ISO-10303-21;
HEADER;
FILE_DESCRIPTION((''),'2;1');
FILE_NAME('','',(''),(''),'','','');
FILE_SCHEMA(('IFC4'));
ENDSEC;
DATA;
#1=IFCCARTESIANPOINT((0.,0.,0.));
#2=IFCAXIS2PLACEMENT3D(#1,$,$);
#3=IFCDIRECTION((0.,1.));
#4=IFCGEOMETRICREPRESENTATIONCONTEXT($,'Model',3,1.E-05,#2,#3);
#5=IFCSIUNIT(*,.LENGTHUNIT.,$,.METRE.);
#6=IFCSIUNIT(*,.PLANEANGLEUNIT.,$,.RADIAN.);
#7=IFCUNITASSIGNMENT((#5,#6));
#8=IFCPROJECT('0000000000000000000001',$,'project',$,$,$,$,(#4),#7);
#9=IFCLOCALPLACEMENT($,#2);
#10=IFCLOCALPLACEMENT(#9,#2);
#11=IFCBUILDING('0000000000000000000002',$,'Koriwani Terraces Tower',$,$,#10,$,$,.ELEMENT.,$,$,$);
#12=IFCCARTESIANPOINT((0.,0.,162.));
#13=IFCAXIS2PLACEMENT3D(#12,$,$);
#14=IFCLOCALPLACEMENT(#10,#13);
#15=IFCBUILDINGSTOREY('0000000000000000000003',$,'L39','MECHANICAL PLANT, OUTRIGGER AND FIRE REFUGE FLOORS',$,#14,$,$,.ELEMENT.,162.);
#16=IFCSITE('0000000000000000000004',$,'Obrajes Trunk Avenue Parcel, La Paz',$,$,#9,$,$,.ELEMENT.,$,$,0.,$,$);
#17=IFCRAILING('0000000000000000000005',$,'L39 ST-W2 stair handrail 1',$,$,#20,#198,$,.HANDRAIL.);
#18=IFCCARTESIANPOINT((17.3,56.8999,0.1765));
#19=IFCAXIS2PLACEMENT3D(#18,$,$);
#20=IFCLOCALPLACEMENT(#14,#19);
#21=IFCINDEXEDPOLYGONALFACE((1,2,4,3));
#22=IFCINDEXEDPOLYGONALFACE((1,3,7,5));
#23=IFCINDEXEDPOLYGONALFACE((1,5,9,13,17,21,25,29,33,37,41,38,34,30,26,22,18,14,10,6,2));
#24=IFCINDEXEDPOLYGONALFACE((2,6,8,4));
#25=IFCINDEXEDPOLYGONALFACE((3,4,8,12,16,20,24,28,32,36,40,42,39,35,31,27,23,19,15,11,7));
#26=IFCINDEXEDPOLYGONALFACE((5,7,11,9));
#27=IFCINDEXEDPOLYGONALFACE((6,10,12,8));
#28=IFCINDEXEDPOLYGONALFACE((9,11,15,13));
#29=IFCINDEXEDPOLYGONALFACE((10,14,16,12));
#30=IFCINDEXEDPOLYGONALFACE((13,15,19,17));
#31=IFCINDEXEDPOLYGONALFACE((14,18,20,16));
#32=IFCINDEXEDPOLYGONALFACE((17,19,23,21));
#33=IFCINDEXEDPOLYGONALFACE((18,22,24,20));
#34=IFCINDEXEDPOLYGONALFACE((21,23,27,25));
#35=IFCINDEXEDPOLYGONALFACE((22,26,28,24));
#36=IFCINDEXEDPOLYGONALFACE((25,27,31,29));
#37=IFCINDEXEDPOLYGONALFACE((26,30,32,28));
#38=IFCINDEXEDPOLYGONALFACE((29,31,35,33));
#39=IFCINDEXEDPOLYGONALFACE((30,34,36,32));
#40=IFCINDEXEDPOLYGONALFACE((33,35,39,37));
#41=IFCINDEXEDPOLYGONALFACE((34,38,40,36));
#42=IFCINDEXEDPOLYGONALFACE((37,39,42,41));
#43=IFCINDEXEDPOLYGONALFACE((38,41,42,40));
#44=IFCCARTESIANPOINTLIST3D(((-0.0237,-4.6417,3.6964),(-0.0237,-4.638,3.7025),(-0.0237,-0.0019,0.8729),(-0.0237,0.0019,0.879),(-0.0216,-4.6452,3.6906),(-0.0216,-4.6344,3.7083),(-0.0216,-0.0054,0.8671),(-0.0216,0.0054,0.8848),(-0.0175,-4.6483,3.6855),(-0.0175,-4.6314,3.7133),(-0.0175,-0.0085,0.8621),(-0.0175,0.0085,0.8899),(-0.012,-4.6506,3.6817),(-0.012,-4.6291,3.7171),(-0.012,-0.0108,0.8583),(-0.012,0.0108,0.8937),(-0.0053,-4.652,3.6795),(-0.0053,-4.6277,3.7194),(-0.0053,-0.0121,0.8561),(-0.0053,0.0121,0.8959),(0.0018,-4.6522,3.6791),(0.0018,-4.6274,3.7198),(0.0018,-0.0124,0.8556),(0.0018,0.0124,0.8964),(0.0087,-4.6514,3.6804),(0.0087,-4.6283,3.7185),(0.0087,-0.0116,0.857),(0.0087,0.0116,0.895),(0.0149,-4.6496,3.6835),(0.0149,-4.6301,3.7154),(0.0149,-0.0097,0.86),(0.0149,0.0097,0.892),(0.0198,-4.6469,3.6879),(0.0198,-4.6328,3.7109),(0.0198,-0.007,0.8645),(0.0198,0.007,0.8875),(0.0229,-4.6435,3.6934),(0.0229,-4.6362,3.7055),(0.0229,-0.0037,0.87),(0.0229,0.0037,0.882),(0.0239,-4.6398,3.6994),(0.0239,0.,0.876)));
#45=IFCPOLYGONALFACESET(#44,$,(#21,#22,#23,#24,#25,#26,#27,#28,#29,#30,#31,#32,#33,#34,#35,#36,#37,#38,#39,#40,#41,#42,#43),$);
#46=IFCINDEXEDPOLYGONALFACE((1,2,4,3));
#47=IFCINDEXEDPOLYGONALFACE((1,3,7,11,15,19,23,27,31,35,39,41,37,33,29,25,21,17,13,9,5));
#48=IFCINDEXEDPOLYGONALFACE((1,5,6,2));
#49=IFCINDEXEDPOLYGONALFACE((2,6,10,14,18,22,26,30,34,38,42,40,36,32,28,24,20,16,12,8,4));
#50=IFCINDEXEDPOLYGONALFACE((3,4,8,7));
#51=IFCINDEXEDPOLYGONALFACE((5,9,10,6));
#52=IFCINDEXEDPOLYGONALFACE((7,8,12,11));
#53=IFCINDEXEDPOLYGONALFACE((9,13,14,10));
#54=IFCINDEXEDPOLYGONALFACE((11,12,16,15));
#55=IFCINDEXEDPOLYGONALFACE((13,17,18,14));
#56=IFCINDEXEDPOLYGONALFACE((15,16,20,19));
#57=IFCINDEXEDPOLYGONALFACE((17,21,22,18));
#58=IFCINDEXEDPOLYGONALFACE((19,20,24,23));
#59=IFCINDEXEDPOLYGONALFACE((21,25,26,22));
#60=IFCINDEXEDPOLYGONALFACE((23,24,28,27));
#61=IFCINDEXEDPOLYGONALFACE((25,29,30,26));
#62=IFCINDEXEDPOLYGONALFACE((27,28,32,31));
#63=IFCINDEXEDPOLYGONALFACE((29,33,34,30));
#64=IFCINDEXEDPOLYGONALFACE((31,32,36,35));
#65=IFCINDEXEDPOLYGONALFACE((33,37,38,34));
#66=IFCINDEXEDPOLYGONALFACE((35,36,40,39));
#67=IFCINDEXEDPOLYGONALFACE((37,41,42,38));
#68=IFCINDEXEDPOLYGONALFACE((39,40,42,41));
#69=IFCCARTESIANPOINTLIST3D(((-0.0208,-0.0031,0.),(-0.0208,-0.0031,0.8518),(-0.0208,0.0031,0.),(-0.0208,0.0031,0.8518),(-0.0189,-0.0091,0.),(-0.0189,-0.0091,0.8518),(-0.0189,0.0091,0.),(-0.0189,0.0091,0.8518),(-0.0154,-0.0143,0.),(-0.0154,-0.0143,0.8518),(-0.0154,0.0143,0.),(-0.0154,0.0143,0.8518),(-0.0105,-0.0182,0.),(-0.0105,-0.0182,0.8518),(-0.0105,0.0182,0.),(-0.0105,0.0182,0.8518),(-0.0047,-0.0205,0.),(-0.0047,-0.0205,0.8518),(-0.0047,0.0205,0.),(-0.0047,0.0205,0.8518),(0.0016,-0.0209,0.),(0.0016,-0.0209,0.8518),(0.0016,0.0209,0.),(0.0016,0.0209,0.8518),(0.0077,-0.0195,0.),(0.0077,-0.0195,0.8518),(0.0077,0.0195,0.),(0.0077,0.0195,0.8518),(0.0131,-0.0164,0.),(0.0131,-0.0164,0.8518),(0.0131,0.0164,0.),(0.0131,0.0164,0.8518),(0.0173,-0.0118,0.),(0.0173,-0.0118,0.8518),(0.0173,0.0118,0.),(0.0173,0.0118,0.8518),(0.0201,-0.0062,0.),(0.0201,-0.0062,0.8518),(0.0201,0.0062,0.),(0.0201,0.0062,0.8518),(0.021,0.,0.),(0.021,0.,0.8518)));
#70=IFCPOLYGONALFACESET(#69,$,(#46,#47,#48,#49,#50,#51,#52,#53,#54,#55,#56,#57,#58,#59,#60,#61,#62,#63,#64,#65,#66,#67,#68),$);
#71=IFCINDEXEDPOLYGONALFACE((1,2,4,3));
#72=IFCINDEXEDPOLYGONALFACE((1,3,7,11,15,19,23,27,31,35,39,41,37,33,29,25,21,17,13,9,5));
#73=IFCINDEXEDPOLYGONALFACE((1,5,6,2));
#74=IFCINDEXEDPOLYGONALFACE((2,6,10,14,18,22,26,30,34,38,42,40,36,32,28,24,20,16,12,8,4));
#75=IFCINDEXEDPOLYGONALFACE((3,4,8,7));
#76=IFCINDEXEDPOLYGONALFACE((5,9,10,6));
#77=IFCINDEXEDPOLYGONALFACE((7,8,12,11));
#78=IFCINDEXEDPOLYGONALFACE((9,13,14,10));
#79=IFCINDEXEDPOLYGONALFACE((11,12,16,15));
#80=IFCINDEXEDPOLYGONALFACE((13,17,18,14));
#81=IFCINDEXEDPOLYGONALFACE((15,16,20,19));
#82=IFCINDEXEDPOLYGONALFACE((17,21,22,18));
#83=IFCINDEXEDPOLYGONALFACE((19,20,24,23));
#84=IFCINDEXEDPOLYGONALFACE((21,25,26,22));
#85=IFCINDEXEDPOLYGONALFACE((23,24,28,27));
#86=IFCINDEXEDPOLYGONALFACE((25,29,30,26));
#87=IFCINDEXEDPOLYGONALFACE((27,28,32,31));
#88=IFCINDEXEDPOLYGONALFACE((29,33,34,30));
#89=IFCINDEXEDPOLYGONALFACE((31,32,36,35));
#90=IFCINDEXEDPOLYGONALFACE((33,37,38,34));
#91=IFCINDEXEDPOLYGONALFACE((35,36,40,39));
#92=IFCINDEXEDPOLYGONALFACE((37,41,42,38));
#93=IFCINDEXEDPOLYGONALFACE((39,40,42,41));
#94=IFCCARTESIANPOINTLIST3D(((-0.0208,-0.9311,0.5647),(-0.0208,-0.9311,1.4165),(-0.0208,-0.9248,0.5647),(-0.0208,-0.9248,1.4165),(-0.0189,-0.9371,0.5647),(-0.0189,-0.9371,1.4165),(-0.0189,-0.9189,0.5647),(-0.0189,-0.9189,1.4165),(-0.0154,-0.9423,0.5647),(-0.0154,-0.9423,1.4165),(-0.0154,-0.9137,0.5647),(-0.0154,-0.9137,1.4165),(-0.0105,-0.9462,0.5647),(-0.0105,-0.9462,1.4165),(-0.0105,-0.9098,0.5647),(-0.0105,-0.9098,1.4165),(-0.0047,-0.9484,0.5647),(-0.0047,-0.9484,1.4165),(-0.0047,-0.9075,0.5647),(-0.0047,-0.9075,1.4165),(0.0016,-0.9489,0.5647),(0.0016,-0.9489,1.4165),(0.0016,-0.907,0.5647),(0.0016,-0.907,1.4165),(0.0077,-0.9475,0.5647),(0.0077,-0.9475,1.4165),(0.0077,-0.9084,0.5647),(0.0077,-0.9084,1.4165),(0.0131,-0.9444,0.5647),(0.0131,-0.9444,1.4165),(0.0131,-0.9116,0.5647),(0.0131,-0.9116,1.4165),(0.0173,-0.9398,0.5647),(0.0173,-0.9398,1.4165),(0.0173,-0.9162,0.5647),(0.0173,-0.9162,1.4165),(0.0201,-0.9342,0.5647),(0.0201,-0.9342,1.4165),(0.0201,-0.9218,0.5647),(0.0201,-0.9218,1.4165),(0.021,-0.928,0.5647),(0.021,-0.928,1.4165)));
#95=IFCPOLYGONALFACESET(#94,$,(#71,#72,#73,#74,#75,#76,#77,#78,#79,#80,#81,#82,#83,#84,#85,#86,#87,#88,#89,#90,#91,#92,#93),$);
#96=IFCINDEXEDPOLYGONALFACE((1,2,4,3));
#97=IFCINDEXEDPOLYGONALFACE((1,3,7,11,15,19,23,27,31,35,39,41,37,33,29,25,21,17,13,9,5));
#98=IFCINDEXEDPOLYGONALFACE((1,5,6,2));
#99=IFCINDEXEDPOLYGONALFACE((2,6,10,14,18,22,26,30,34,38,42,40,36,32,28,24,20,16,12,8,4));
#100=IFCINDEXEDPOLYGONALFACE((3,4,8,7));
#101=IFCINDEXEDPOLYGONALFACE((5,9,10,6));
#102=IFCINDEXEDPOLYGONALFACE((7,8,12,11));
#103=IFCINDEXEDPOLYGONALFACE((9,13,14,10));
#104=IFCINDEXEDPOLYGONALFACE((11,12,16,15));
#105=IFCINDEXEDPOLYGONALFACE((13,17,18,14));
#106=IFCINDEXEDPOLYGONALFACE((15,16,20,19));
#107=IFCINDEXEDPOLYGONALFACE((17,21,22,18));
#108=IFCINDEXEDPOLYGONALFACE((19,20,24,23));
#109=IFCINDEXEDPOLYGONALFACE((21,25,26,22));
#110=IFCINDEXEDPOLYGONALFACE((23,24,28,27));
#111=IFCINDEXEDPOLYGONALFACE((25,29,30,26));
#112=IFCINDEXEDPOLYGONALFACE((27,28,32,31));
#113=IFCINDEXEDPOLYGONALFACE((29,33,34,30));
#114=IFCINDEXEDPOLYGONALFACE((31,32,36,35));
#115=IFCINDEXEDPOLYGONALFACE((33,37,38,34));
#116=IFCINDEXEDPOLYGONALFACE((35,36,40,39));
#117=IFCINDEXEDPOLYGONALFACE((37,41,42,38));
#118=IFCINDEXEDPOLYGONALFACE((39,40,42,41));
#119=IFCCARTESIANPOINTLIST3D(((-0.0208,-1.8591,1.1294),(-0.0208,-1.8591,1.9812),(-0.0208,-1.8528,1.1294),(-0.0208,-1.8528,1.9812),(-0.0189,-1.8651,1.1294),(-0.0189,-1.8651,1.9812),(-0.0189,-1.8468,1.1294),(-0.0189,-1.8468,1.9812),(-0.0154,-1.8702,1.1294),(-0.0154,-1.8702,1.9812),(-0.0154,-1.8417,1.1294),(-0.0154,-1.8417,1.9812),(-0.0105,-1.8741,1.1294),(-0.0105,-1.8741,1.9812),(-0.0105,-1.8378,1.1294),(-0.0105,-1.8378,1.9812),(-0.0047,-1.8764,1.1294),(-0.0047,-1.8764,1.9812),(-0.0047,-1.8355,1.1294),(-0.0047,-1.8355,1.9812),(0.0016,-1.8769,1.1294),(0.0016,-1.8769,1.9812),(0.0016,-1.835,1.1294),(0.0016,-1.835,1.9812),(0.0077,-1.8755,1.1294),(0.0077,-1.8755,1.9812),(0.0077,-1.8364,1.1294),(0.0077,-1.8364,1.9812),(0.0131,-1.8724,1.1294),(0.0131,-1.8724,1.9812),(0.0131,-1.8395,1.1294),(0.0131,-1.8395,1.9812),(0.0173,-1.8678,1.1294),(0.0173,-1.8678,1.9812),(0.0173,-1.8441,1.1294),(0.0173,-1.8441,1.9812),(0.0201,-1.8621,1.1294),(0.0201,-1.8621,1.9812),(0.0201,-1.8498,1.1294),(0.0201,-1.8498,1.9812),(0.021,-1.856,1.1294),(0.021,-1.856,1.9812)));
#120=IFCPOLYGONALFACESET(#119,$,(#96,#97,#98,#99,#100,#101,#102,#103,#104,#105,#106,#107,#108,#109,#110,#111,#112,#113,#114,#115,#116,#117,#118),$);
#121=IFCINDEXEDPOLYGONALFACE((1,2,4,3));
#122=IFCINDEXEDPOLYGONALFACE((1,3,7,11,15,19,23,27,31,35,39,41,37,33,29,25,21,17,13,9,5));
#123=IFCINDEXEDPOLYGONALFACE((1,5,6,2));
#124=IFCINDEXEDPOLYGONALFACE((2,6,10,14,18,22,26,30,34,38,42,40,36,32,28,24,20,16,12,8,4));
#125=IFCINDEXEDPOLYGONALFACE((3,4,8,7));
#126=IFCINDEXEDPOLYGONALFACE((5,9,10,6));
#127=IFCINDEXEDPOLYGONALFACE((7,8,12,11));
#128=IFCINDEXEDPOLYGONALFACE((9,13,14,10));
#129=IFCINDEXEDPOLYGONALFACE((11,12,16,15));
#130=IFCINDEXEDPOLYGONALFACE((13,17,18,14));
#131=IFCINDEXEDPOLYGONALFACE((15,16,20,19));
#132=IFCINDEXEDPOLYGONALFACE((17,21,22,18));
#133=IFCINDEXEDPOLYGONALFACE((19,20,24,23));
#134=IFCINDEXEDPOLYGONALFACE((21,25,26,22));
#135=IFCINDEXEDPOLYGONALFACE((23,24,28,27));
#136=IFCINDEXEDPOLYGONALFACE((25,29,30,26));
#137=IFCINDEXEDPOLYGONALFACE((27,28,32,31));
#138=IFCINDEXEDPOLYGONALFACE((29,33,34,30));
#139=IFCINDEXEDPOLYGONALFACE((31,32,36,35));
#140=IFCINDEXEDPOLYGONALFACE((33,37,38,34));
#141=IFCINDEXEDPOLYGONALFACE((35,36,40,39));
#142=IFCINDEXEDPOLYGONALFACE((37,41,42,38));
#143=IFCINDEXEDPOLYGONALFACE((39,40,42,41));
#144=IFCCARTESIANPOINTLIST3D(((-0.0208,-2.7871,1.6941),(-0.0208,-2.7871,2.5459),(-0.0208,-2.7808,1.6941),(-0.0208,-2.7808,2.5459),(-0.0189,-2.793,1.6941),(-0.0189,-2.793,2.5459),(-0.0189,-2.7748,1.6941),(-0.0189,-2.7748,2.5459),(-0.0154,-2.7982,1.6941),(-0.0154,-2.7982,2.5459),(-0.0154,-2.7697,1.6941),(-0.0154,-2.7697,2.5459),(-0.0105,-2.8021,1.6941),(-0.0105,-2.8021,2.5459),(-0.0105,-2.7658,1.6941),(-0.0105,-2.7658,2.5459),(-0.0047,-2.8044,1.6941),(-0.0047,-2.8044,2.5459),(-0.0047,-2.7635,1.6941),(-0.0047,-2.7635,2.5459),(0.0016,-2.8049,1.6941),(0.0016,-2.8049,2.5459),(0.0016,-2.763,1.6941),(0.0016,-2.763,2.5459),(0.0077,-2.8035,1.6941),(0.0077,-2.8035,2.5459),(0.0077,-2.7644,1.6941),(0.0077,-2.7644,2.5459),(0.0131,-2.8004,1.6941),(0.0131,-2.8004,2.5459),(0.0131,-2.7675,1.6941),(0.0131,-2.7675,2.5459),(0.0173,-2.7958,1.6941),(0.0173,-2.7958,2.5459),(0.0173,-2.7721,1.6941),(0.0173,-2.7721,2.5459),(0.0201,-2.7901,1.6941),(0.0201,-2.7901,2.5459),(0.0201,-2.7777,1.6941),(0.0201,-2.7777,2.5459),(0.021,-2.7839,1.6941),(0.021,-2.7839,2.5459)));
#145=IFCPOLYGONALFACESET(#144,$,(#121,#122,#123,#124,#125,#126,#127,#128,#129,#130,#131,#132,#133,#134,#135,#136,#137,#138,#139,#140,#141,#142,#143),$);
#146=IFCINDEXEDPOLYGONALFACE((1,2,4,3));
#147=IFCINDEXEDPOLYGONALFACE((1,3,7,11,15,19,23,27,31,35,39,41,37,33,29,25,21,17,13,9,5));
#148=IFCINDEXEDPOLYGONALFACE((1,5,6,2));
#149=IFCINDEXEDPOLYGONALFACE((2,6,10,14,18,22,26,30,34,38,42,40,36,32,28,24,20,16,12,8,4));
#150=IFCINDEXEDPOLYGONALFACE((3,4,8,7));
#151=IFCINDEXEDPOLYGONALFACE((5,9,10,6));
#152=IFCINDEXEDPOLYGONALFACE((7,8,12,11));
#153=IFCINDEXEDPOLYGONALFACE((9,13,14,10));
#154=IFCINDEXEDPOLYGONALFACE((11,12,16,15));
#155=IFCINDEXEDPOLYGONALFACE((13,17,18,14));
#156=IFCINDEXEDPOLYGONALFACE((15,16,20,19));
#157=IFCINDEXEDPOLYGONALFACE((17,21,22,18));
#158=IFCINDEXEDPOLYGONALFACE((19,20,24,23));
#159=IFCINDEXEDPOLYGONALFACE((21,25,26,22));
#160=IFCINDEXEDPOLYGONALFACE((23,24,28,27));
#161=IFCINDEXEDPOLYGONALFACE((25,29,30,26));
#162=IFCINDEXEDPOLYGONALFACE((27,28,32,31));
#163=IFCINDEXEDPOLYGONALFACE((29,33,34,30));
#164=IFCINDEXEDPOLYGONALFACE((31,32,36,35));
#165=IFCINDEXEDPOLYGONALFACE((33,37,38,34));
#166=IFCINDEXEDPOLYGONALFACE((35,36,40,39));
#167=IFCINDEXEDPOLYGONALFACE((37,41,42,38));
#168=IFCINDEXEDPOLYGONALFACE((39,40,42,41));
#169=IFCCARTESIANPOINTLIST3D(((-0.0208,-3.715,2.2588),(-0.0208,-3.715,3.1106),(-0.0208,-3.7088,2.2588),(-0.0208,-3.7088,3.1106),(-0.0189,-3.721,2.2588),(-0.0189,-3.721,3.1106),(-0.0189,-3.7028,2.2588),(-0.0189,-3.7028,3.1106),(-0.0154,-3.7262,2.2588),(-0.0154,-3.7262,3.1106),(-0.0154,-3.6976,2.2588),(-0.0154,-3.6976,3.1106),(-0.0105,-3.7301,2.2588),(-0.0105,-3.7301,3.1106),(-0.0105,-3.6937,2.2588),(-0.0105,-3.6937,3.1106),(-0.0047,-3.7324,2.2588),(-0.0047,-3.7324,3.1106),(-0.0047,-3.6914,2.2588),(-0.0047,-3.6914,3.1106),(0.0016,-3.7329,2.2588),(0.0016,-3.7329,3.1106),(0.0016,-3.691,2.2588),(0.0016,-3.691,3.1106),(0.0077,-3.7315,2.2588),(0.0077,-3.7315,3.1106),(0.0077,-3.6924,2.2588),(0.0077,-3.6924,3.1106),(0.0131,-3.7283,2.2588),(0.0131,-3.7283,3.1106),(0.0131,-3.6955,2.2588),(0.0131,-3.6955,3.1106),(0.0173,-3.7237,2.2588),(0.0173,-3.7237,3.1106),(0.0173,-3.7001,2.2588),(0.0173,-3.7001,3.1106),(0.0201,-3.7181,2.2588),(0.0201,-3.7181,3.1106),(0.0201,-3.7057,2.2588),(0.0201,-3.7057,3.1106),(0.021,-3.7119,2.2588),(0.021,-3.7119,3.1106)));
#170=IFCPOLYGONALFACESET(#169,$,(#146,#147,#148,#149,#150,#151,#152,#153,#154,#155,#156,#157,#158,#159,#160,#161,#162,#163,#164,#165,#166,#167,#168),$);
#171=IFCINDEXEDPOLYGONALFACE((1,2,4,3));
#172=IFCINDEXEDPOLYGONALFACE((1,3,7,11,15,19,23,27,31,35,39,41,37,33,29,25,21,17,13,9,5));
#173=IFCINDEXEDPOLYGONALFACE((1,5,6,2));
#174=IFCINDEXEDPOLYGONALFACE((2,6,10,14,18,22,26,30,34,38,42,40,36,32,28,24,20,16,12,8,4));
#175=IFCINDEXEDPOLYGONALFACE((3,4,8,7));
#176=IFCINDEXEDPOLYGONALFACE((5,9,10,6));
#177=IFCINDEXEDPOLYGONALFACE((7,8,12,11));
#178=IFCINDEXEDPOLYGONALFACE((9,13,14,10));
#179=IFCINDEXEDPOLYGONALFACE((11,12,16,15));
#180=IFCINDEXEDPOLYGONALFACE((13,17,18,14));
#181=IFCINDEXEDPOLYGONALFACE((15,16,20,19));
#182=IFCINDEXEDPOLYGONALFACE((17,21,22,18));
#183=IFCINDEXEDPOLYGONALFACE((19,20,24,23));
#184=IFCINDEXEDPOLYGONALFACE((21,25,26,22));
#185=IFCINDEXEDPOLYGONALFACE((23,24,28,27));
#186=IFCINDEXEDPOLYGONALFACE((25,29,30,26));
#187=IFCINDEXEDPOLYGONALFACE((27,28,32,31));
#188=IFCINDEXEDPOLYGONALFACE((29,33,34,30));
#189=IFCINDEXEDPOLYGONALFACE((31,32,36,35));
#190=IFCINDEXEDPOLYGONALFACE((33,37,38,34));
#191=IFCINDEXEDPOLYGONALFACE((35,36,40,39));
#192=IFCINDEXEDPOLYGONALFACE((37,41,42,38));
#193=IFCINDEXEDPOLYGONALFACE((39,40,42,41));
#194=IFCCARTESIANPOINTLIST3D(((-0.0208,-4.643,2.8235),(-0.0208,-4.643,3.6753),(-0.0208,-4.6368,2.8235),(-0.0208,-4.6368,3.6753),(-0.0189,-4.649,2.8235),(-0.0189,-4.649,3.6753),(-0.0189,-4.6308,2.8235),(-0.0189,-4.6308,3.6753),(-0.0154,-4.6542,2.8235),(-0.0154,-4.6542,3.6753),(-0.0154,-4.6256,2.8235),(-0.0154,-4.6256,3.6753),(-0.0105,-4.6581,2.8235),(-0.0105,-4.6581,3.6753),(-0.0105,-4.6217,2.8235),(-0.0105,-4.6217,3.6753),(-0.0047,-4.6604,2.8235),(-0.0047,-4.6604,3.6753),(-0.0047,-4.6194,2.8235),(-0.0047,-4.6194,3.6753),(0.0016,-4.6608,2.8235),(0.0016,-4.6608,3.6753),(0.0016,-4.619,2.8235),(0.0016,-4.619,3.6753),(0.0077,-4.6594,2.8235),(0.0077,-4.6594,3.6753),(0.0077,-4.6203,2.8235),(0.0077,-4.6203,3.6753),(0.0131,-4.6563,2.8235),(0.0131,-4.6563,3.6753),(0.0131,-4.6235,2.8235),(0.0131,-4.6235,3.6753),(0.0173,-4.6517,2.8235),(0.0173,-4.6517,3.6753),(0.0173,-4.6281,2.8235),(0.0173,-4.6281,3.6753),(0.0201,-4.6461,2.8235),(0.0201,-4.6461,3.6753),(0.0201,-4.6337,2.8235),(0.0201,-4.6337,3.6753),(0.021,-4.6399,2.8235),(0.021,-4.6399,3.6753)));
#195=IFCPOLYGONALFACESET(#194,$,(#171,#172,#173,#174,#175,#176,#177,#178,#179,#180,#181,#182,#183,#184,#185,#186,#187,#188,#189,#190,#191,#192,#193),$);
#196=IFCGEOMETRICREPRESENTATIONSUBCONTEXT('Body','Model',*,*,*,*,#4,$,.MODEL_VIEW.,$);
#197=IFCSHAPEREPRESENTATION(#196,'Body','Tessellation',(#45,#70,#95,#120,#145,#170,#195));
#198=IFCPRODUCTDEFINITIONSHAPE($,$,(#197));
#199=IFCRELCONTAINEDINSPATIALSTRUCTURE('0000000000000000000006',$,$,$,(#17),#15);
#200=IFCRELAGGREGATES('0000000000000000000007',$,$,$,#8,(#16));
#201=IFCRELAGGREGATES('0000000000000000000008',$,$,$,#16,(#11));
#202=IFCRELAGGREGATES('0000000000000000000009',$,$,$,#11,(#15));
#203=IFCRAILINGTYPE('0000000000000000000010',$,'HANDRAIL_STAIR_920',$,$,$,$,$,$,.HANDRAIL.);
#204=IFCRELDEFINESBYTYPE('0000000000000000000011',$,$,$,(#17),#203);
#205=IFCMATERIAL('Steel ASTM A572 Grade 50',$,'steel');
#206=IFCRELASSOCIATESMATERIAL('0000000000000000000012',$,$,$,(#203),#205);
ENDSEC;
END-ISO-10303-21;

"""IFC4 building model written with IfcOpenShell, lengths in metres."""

from ifc_helpers import new_model, si_unit, direction, frame, origin, origin_2d, place, context, subcontext, project, spatial, circle, extrude, material, type_object, element, save


model = new_model("IFC4")

# Units and contexts
model_context = context("Model", 3, precision=1e-05, world=origin(), true_north=direction((0.0, 1.0)))
body_context = subcontext(model_context, "Body", "Model", "MODEL_VIEW")
ifc_project = project(units=[si_unit("LENGTHUNIT", "METRE"), si_unit("PLANEANGLEUNIT", "RADIAN")], contexts=[model_context])

# Site, building, storey
site_placement = place(None, origin())
site = spatial("IfcSite", under=ifc_project, at=site_placement, Name="Obrajes Trunk Avenue Parcel, La Paz", CompositionType="ELEMENT", RefElevation=0.0)
building_placement = place(site_placement, origin())
building = spatial("IfcBuilding", under=site, at=building_placement, Name="Koriwani Terraces Tower", CompositionType="ELEMENT")
storey_placement = place(building_placement, frame((0.0, 0.0, 162.0)))
storey = spatial("IfcBuildingStorey", under=building, at=storey_placement, Name="L39", Description="MECHANICAL PLANT, OUTRIGGER AND FIRE REFUGE FLOORS", CompositionType="ELEMENT", Elevation=162.0)

# Shared definitions
ifc_material_1 = material(Name="Steel ASTM A572 Grade 50", Category="steel")

# Railing
railing_type_1 = type_object("IfcRailingType", Name="HANDRAIL_STAIR_920", PredefinedType="HANDRAIL", material=ifc_material_1)
railing_1_placement = place(storey_placement, frame((17.3, 56.8999, 0.1765)))
element("IfcRailing", 1, at=railing_1_placement, inside=storey, type_object=railing_type_1, Name="L39 ST-W2 stair handrail 1", PredefinedType="HANDRAIL", context=body_context, shape_type="SweptSolid", body=[
    extrude(circle(Radius=0.0239, at=origin_2d()), frame((0.0, 0.0, 0.876), z_axis=(0.0, -0.854264, 0.51984), x_axis=(1.0, 0.0, 0.0)), (0.0, 0.0, 1.0), 5.4314),
    extrude(circle(Radius=0.021, at=origin_2d()), origin(), (0.0, 0.0, 1.0), 0.8518),
    extrude(circle(Radius=0.021, at=origin_2d()), frame((0.0, -0.928, 0.5647)), (0.0, 0.0, 1.0), 0.8518),
    extrude(circle(Radius=0.021, at=origin_2d()), frame((0.0, -1.856, 1.1294)), (0.0, 0.0, 1.0), 0.8518),
    extrude(circle(Radius=0.021, at=origin_2d()), frame((0.0, -2.7839, 1.6941)), (0.0, 0.0, 1.0), 0.8518),
    extrude(circle(Radius=0.021, at=origin_2d()), frame((0.0, -3.7119, 2.2588)), (0.0, 0.0, 1.0), 0.8518),
    extrude(circle(Radius=0.021, at=origin_2d()), frame((0.0, -4.6399, 2.8235)), (0.0, 0.0, 1.0), 0.8518),
])

save(model, "model.ifc")
